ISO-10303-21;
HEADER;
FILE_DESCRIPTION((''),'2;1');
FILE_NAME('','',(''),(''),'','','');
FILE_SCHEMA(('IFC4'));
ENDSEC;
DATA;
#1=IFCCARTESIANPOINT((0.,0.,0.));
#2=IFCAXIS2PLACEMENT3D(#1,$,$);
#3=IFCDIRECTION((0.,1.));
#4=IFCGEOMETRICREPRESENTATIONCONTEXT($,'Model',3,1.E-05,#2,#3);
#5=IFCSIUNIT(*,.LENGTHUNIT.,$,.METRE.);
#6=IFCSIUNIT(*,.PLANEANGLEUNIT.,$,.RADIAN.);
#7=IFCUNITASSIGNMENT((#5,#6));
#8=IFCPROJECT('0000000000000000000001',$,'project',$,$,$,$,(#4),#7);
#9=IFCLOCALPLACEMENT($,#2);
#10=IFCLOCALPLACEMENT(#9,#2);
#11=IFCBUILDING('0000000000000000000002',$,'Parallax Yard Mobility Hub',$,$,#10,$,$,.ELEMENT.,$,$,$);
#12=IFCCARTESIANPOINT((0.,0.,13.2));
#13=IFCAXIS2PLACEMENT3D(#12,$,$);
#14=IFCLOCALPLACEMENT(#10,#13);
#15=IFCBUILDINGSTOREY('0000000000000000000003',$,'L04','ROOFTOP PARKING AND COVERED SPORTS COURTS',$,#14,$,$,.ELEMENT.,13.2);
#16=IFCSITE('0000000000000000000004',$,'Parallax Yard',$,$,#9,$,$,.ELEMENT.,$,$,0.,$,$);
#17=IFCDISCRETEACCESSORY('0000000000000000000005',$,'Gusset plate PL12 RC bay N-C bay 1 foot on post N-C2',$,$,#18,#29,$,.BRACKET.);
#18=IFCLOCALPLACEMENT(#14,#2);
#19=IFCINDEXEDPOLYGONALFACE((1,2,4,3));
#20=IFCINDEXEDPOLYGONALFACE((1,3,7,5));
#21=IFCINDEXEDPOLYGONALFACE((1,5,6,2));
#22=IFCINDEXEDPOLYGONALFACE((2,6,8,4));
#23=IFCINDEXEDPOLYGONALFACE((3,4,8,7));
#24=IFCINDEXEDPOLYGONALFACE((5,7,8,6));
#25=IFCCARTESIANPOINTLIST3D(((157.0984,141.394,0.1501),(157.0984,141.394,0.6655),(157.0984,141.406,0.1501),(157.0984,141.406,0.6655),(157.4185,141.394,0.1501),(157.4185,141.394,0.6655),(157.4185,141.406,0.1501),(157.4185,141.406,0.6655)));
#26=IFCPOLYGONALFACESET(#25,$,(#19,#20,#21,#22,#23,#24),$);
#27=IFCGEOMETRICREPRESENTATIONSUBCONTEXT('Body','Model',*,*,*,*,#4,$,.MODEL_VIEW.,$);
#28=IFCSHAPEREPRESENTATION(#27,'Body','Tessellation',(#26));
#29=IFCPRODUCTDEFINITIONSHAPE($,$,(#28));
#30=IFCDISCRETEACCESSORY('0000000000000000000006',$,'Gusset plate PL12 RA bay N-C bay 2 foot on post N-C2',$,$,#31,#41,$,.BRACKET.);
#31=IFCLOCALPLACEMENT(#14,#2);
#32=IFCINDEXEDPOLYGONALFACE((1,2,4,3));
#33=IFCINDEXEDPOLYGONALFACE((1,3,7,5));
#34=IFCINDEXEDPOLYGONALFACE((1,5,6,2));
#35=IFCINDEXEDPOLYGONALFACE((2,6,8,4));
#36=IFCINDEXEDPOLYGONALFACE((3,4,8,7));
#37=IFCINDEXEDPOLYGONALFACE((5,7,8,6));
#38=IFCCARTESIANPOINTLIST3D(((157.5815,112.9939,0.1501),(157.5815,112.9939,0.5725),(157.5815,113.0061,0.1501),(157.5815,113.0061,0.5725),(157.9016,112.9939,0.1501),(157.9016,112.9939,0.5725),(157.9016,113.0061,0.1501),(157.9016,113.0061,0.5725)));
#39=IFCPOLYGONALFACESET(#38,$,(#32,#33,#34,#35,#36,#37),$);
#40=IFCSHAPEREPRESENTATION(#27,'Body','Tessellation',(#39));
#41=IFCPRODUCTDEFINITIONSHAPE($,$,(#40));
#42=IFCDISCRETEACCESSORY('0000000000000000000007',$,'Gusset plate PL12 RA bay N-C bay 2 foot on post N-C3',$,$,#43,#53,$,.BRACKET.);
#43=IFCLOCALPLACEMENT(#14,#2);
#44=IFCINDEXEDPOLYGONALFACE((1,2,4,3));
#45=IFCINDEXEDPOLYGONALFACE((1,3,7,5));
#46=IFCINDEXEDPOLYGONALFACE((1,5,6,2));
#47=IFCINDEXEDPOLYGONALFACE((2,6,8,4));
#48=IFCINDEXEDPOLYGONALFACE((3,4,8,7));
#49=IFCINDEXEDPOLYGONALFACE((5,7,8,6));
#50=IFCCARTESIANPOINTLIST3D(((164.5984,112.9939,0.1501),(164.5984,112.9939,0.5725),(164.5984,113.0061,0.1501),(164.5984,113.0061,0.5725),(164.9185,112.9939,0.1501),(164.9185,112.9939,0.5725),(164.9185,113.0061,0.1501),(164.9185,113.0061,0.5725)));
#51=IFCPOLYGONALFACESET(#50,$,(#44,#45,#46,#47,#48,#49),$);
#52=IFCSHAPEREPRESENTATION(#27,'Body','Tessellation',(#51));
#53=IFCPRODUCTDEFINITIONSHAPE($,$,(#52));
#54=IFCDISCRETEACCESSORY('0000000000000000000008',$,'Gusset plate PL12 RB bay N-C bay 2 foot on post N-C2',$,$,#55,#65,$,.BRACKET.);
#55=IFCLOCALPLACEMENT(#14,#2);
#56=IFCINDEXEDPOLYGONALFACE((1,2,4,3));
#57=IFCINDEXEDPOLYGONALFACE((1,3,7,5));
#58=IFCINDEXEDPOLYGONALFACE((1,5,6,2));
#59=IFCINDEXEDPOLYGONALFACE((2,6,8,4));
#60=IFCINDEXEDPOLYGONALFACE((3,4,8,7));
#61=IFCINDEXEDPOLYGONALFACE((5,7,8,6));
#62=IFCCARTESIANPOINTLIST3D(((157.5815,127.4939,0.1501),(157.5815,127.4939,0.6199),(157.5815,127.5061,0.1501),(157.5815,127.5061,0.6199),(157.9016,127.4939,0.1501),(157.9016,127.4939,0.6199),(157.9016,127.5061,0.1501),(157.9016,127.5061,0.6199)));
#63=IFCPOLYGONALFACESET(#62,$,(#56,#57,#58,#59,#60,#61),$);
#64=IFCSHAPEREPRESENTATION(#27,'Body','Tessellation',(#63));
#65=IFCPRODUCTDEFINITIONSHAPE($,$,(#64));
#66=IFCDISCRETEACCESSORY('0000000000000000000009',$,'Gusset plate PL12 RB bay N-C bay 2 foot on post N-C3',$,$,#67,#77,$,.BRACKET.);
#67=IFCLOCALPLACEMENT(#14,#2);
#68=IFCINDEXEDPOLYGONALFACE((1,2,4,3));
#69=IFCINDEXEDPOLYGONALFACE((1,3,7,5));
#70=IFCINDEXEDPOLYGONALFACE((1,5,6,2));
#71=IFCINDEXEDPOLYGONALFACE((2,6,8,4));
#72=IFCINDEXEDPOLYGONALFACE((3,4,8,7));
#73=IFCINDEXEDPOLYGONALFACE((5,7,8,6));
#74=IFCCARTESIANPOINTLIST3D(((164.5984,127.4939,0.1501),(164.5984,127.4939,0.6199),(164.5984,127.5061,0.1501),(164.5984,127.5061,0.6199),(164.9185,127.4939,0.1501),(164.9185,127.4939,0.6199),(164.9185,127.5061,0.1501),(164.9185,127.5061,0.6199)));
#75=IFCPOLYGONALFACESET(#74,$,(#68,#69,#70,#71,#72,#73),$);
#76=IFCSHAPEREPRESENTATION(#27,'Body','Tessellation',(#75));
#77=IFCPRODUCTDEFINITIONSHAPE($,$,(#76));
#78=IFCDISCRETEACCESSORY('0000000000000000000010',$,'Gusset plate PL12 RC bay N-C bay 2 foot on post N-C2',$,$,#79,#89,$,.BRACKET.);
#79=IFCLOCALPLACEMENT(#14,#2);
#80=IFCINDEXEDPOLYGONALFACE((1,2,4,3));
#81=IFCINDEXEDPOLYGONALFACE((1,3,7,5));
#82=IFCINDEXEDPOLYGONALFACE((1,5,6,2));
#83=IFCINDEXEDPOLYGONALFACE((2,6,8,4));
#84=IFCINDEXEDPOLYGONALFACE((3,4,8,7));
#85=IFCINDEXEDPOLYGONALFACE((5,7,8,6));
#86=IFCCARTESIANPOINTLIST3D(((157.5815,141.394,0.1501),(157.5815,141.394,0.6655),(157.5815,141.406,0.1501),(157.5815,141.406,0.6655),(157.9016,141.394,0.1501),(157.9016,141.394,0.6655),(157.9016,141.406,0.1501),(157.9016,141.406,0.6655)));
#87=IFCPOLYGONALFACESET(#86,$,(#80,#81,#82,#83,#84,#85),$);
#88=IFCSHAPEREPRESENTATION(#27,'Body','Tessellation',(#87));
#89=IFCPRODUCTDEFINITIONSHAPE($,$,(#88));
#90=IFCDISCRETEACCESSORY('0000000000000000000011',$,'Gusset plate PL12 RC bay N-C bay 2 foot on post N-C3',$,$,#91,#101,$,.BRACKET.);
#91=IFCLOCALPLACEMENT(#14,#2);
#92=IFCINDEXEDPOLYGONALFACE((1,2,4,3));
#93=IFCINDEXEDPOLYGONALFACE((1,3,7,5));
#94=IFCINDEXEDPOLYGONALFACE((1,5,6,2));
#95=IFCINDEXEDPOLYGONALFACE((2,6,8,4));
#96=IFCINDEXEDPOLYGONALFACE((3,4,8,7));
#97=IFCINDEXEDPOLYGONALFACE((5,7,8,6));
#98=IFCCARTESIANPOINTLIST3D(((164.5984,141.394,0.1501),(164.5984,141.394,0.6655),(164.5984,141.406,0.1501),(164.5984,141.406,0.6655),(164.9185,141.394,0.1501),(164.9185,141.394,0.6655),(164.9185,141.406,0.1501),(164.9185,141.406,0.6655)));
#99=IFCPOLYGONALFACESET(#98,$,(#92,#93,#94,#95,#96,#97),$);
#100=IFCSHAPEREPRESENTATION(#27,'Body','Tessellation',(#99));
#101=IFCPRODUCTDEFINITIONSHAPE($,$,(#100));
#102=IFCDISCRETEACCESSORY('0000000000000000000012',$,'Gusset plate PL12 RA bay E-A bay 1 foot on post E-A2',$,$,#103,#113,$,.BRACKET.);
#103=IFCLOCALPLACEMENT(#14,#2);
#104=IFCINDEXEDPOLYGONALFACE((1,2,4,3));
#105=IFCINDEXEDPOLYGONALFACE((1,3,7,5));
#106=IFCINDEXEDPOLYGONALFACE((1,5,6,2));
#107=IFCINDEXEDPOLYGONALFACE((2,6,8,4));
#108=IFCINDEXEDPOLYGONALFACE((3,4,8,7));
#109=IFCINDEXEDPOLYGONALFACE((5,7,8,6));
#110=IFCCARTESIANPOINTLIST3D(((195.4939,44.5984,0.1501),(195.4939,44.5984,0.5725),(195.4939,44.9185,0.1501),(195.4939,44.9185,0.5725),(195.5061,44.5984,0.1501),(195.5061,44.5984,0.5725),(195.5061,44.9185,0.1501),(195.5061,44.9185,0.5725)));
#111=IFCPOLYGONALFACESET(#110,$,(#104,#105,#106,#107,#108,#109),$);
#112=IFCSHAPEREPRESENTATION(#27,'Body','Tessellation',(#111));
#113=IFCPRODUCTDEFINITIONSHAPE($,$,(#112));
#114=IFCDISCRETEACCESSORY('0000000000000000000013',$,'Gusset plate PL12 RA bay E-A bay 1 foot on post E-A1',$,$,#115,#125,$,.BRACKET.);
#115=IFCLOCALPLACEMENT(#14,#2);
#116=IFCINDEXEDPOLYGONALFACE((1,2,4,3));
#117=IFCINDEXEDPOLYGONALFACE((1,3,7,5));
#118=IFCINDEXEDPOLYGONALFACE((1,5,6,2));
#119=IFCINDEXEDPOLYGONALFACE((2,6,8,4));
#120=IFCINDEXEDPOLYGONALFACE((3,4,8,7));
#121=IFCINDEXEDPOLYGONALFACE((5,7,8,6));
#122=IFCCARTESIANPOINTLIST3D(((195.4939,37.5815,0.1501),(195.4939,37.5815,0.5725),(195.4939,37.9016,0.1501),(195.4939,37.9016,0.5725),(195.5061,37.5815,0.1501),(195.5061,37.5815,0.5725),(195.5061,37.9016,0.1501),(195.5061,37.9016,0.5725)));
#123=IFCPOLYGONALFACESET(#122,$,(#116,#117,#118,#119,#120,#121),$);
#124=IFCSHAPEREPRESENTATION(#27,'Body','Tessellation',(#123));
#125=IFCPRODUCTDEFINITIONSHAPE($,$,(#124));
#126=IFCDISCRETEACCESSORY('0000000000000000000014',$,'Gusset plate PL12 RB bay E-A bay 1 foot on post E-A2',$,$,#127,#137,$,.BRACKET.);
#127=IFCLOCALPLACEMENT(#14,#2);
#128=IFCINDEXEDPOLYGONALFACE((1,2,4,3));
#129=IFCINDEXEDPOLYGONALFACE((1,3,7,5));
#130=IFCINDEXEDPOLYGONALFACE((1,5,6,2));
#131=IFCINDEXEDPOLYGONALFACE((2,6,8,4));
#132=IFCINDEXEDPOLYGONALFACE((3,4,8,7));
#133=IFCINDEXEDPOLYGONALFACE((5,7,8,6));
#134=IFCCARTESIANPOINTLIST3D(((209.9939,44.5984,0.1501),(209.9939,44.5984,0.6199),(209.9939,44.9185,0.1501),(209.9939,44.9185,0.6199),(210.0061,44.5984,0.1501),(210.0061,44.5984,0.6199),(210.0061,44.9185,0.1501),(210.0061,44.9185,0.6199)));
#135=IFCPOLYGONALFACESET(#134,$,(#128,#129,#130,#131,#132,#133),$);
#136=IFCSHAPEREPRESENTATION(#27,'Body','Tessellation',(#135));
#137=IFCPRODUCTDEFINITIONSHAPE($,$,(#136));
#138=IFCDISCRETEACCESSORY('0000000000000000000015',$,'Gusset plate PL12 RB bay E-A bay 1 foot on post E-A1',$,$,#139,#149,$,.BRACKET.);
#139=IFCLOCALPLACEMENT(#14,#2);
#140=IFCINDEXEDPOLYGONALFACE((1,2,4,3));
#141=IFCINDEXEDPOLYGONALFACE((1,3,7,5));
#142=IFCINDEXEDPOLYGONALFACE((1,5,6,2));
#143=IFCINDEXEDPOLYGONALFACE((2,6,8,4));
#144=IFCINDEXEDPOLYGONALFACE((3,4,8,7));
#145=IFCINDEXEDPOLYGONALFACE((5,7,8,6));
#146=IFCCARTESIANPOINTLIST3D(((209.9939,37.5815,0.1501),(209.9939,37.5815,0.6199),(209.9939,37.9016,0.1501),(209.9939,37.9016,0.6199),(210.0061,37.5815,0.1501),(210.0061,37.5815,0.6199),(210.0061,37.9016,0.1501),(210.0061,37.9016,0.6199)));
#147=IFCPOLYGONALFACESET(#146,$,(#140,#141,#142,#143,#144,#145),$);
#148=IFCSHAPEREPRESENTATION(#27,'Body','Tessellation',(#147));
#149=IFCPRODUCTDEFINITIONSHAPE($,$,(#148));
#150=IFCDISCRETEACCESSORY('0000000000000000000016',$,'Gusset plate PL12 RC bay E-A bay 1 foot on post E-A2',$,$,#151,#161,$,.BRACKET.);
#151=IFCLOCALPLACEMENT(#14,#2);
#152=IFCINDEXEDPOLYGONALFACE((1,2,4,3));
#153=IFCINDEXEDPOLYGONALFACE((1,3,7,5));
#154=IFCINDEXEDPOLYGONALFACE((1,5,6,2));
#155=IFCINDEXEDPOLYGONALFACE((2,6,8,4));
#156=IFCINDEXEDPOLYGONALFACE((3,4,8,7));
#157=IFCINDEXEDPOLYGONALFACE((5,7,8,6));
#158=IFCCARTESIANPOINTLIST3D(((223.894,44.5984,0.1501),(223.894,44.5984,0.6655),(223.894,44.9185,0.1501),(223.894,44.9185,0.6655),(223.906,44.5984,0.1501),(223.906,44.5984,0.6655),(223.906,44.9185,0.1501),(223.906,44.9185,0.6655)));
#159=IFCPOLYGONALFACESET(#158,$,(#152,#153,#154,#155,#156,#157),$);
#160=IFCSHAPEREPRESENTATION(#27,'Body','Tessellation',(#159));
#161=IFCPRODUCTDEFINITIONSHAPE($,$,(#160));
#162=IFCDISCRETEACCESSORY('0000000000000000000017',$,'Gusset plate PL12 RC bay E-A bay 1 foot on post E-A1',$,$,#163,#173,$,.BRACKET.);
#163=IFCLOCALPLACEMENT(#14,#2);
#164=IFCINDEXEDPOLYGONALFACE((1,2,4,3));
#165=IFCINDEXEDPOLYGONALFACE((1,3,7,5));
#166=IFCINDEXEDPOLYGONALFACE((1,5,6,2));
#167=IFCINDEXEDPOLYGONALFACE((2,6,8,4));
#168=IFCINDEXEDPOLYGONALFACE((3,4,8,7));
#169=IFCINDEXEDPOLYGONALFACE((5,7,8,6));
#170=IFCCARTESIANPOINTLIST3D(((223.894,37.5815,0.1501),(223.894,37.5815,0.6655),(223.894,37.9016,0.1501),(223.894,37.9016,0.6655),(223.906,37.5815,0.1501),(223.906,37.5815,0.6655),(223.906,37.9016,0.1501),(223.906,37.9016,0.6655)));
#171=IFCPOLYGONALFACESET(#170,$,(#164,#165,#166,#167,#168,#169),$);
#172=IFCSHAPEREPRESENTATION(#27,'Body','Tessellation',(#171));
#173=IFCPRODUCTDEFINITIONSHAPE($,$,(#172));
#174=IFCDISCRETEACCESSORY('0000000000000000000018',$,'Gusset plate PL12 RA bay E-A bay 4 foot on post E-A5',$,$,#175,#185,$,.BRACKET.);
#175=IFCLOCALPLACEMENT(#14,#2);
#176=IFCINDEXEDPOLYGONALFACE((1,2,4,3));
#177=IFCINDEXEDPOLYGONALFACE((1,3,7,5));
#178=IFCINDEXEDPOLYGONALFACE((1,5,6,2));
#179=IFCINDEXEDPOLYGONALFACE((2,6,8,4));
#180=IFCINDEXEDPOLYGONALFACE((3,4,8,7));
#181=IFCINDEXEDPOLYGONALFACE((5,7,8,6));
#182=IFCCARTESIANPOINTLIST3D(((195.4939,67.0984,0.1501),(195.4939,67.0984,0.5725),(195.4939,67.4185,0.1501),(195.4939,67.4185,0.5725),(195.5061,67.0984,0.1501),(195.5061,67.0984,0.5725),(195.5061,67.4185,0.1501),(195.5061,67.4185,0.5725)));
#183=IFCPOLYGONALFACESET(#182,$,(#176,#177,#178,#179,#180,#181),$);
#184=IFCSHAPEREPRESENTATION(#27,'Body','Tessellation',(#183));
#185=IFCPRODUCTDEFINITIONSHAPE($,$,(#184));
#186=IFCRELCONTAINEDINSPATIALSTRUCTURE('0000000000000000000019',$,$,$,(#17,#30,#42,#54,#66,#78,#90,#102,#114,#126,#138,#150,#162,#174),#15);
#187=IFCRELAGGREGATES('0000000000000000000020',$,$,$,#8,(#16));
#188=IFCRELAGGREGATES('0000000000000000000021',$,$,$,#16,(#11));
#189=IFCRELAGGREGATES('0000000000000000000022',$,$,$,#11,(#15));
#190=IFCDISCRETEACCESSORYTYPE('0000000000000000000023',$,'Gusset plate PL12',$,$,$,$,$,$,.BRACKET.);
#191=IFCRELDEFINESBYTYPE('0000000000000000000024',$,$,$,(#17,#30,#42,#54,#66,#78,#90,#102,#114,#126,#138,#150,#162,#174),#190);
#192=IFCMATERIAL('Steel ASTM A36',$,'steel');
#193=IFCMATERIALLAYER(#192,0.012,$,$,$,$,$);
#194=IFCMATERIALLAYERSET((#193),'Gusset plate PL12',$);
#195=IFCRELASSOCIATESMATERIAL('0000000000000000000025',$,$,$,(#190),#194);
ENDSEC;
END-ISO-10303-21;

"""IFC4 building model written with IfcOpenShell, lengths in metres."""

from ifc_helpers import new_model, si_unit, direction, frame, origin, place, context, subcontext, project, spatial, polyline, outline, extrude, material, layer, layer_set, type_object, element, save


model = new_model("IFC4")

# Units and contexts
model_context = context("Model", 3, precision=1e-05, world=origin(), true_north=direction((0.0, 1.0)))
body_context = subcontext(model_context, "Body", "Model", "MODEL_VIEW")
ifc_project = project(units=[si_unit("LENGTHUNIT", "METRE"), si_unit("PLANEANGLEUNIT", "RADIAN")], contexts=[model_context])

# Site, building, storey
site_placement = place(None, origin())
site = spatial("IfcSite", under=ifc_project, at=site_placement, Name="Parallax Yard", CompositionType="ELEMENT", RefElevation=0.0)
building_placement = place(site_placement, origin())
building = spatial("IfcBuilding", under=site, at=building_placement, Name="Parallax Yard Mobility Hub", CompositionType="ELEMENT")
storey_placement = place(building_placement, frame((0.0, 0.0, 13.2)))
storey = spatial("IfcBuildingStorey", under=building, at=storey_placement, Name="L04", Description="ROOFTOP PARKING AND COVERED SPORTS COURTS", CompositionType="ELEMENT", Elevation=13.2)

# Discrete accessories
ifc_material_1 = material(Name="Steel ASTM A36", Category="steel")
ifc_layer_1 = layer(ifc_material_1, 0.012)
ifc_layer_set_1 = layer_set([ifc_layer_1], Name="Gusset plate PL12")
discrete_accessory_type = type_object("IfcDiscreteAccessoryType", Name="Gusset plate PL12", PredefinedType="BRACKET", material=ifc_layer_set_1)
discrete_accessory_1_placement = place(storey_placement, frame((0.0, 0.0, 0.1501)))
element("IfcDiscreteAccessory", 1, at=discrete_accessory_1_placement, inside=storey, type_object=discrete_accessory_type, Name="Gusset plate PL12 RC bay N-C bay 1 foot on post N-C2", PredefinedType="BRACKET", context=body_context, shape_type="SweptSolid", body=[
    extrude(outline(polyline([(157.4185, 141.406), (157.0984, 141.406), (157.0984, 141.394), (157.4185, 141.394), (157.4185, 141.406)])), origin(), (0.0, 0.0, 1.0), 0.5154),
])
discrete_accessory_2_placement = place(storey_placement, frame((0.0, 0.0, 0.1501)))
element("IfcDiscreteAccessory", 2, at=discrete_accessory_2_placement, inside=storey, type_object=discrete_accessory_type, Name="Gusset plate PL12 RA bay N-C bay 2 foot on post N-C2", PredefinedType="BRACKET", context=body_context, shape_type="SweptSolid", body=[
    extrude(outline(polyline([(157.5815, 112.9939), (157.9016, 112.9939), (157.9016, 113.0061), (157.5815, 113.0061), (157.5815, 112.9939)])), origin(), (0.0, 0.0, 1.0), 0.4224),
])
discrete_accessory_3_placement = place(storey_placement, frame((0.0, 0.0, 0.1501)))
element("IfcDiscreteAccessory", 3, at=discrete_accessory_3_placement, inside=storey, type_object=discrete_accessory_type, Name="Gusset plate PL12 RA bay N-C bay 2 foot on post N-C3", PredefinedType="BRACKET", context=body_context, shape_type="SweptSolid", body=[
    extrude(outline(polyline([(164.9185, 113.0061), (164.5984, 113.0061), (164.5984, 112.9939), (164.9185, 112.9939), (164.9185, 113.0061)])), origin(), (0.0, 0.0, 1.0), 0.4224),
])
discrete_accessory_4_placement = place(storey_placement, frame((0.0, 0.0, 0.1501)))
element("IfcDiscreteAccessory", 4, at=discrete_accessory_4_placement, inside=storey, type_object=discrete_accessory_type, Name="Gusset plate PL12 RB bay N-C bay 2 foot on post N-C2", PredefinedType="BRACKET", context=body_context, shape_type="SweptSolid", body=[
    extrude(outline(polyline([(157.5815, 127.4939), (157.9016, 127.4939), (157.9016, 127.5061), (157.5815, 127.5061), (157.5815, 127.4939)])), origin(), (0.0, 0.0, 1.0), 0.4697),
])
discrete_accessory_5_placement = place(storey_placement, frame((0.0, 0.0, 0.1501)))
element("IfcDiscreteAccessory", 5, at=discrete_accessory_5_placement, inside=storey, type_object=discrete_accessory_type, Name="Gusset plate PL12 RB bay N-C bay 2 foot on post N-C3", PredefinedType="BRACKET", context=body_context, shape_type="SweptSolid", body=[
    extrude(outline(polyline([(164.9185, 127.5061), (164.5984, 127.5061), (164.5984, 127.4939), (164.9185, 127.4939), (164.9185, 127.5061)])), origin(), (0.0, 0.0, 1.0), 0.4697),
])
discrete_accessory_6_placement = place(storey_placement, frame((0.0, 0.0, 0.1501)))
element("IfcDiscreteAccessory", 6, at=discrete_accessory_6_placement, inside=storey, type_object=discrete_accessory_type, Name="Gusset plate PL12 RC bay N-C bay 2 foot on post N-C2", PredefinedType="BRACKET", context=body_context, shape_type="SweptSolid", body=[
    extrude(outline(polyline([(157.5815, 141.394), (157.9016, 141.394), (157.9016, 141.406), (157.5815, 141.406), (157.5815, 141.394)])), origin(), (0.0, 0.0, 1.0), 0.5154),
])
discrete_accessory_7_placement = place(storey_placement, frame((0.0, 0.0, 0.1501)))
element("IfcDiscreteAccessory", 7, at=discrete_accessory_7_placement, inside=storey, type_object=discrete_accessory_type, Name="Gusset plate PL12 RC bay N-C bay 2 foot on post N-C3", PredefinedType="BRACKET", context=body_context, shape_type="SweptSolid", body=[
    extrude(outline(polyline([(164.9185, 141.406), (164.5984, 141.406), (164.5984, 141.394), (164.9185, 141.394), (164.9185, 141.406)])), origin(), (0.0, 0.0, 1.0), 0.5154),
])
discrete_accessory_8_placement = place(storey_placement, frame((0.0, 0.0, 0.1501)))
element("IfcDiscreteAccessory", 8, at=discrete_accessory_8_placement, inside=storey, type_object=discrete_accessory_type, Name="Gusset plate PL12 RA bay E-A bay 1 foot on post E-A2", PredefinedType="BRACKET", context=body_context, shape_type="SweptSolid", body=[
    extrude(outline(polyline([(195.4939, 44.9185), (195.4939, 44.5984), (195.5061, 44.5984), (195.5061, 44.9185), (195.4939, 44.9185)])), origin(), (0.0, 0.0, 1.0), 0.4224),
])
discrete_accessory_9_placement = place(storey_placement, frame((0.0, 0.0, 0.1501)))
element("IfcDiscreteAccessory", 9, at=discrete_accessory_9_placement, inside=storey, type_object=discrete_accessory_type, Name="Gusset plate PL12 RA bay E-A bay 1 foot on post E-A1", PredefinedType="BRACKET", context=body_context, shape_type="SweptSolid", body=[
    extrude(outline(polyline([(195.5061, 37.5815), (195.5061, 37.9016), (195.4939, 37.9016), (195.4939, 37.5815), (195.5061, 37.5815)])), origin(), (0.0, 0.0, 1.0), 0.4224),
])
discrete_accessory_10_placement = place(storey_placement, frame((0.0, 0.0, 0.1501)))
element("IfcDiscreteAccessory", 10, at=discrete_accessory_10_placement, inside=storey, type_object=discrete_accessory_type, Name="Gusset plate PL12 RB bay E-A bay 1 foot on post E-A2", PredefinedType="BRACKET", context=body_context, shape_type="SweptSolid", body=[
    extrude(outline(polyline([(209.9939, 44.9185), (209.9939, 44.5984), (210.0061, 44.5984), (210.0061, 44.9185), (209.9939, 44.9185)])), origin(), (0.0, 0.0, 1.0), 0.4697),
])
discrete_accessory_11_placement = place(storey_placement, frame((0.0, 0.0, 0.1501)))
element("IfcDiscreteAccessory", 11, at=discrete_accessory_11_placement, inside=storey, type_object=discrete_accessory_type, Name="Gusset plate PL12 RB bay E-A bay 1 foot on post E-A1", PredefinedType="BRACKET", context=body_context, shape_type="SweptSolid", body=[
    extrude(outline(polyline([(210.0061, 37.5815), (210.0061, 37.9016), (209.9939, 37.9016), (209.9939, 37.5815), (210.0061, 37.5815)])), origin(), (0.0, 0.0, 1.0), 0.4697),
])
discrete_accessory_12_placement = place(storey_placement, frame((0.0, 0.0, 0.1501)))
element("IfcDiscreteAccessory", 12, at=discrete_accessory_12_placement, inside=storey, type_object=discrete_accessory_type, Name="Gusset plate PL12 RC bay E-A bay 1 foot on post E-A2", PredefinedType="BRACKET", context=body_context, shape_type="SweptSolid", body=[
    extrude(outline(polyline([(223.894, 44.9185), (223.894, 44.5984), (223.906, 44.5984), (223.906, 44.9185), (223.894, 44.9185)])), origin(), (0.0, 0.0, 1.0), 0.5154),
])
discrete_accessory_13_placement = place(storey_placement, frame((0.0, 0.0, 0.1501)))
element("IfcDiscreteAccessory", 13, at=discrete_accessory_13_placement, inside=storey, type_object=discrete_accessory_type, Name="Gusset plate PL12 RC bay E-A bay 1 foot on post E-A1", PredefinedType="BRACKET", context=body_context, shape_type="SweptSolid", body=[
    extrude(outline(polyline([(223.906, 37.5815), (223.906, 37.9016), (223.894, 37.9016), (223.894, 37.5815), (223.906, 37.5815)])), origin(), (0.0, 0.0, 1.0), 0.5154),
])
discrete_accessory_14_placement = place(storey_placement, frame((0.0, 0.0, 0.1501)))
element("IfcDiscreteAccessory", 14, at=discrete_accessory_14_placement, inside=storey, type_object=discrete_accessory_type, Name="Gusset plate PL12 RA bay E-A bay 4 foot on post E-A5", PredefinedType="BRACKET", context=body_context, shape_type="SweptSolid", body=[
    extrude(outline(polyline([(195.4939, 67.4185), (195.4939, 67.0984), (195.5061, 67.0984), (195.5061, 67.4185), (195.4939, 67.4185)])), origin(), (0.0, 0.0, 1.0), 0.4224),
])

save(model, "model.ifc")
